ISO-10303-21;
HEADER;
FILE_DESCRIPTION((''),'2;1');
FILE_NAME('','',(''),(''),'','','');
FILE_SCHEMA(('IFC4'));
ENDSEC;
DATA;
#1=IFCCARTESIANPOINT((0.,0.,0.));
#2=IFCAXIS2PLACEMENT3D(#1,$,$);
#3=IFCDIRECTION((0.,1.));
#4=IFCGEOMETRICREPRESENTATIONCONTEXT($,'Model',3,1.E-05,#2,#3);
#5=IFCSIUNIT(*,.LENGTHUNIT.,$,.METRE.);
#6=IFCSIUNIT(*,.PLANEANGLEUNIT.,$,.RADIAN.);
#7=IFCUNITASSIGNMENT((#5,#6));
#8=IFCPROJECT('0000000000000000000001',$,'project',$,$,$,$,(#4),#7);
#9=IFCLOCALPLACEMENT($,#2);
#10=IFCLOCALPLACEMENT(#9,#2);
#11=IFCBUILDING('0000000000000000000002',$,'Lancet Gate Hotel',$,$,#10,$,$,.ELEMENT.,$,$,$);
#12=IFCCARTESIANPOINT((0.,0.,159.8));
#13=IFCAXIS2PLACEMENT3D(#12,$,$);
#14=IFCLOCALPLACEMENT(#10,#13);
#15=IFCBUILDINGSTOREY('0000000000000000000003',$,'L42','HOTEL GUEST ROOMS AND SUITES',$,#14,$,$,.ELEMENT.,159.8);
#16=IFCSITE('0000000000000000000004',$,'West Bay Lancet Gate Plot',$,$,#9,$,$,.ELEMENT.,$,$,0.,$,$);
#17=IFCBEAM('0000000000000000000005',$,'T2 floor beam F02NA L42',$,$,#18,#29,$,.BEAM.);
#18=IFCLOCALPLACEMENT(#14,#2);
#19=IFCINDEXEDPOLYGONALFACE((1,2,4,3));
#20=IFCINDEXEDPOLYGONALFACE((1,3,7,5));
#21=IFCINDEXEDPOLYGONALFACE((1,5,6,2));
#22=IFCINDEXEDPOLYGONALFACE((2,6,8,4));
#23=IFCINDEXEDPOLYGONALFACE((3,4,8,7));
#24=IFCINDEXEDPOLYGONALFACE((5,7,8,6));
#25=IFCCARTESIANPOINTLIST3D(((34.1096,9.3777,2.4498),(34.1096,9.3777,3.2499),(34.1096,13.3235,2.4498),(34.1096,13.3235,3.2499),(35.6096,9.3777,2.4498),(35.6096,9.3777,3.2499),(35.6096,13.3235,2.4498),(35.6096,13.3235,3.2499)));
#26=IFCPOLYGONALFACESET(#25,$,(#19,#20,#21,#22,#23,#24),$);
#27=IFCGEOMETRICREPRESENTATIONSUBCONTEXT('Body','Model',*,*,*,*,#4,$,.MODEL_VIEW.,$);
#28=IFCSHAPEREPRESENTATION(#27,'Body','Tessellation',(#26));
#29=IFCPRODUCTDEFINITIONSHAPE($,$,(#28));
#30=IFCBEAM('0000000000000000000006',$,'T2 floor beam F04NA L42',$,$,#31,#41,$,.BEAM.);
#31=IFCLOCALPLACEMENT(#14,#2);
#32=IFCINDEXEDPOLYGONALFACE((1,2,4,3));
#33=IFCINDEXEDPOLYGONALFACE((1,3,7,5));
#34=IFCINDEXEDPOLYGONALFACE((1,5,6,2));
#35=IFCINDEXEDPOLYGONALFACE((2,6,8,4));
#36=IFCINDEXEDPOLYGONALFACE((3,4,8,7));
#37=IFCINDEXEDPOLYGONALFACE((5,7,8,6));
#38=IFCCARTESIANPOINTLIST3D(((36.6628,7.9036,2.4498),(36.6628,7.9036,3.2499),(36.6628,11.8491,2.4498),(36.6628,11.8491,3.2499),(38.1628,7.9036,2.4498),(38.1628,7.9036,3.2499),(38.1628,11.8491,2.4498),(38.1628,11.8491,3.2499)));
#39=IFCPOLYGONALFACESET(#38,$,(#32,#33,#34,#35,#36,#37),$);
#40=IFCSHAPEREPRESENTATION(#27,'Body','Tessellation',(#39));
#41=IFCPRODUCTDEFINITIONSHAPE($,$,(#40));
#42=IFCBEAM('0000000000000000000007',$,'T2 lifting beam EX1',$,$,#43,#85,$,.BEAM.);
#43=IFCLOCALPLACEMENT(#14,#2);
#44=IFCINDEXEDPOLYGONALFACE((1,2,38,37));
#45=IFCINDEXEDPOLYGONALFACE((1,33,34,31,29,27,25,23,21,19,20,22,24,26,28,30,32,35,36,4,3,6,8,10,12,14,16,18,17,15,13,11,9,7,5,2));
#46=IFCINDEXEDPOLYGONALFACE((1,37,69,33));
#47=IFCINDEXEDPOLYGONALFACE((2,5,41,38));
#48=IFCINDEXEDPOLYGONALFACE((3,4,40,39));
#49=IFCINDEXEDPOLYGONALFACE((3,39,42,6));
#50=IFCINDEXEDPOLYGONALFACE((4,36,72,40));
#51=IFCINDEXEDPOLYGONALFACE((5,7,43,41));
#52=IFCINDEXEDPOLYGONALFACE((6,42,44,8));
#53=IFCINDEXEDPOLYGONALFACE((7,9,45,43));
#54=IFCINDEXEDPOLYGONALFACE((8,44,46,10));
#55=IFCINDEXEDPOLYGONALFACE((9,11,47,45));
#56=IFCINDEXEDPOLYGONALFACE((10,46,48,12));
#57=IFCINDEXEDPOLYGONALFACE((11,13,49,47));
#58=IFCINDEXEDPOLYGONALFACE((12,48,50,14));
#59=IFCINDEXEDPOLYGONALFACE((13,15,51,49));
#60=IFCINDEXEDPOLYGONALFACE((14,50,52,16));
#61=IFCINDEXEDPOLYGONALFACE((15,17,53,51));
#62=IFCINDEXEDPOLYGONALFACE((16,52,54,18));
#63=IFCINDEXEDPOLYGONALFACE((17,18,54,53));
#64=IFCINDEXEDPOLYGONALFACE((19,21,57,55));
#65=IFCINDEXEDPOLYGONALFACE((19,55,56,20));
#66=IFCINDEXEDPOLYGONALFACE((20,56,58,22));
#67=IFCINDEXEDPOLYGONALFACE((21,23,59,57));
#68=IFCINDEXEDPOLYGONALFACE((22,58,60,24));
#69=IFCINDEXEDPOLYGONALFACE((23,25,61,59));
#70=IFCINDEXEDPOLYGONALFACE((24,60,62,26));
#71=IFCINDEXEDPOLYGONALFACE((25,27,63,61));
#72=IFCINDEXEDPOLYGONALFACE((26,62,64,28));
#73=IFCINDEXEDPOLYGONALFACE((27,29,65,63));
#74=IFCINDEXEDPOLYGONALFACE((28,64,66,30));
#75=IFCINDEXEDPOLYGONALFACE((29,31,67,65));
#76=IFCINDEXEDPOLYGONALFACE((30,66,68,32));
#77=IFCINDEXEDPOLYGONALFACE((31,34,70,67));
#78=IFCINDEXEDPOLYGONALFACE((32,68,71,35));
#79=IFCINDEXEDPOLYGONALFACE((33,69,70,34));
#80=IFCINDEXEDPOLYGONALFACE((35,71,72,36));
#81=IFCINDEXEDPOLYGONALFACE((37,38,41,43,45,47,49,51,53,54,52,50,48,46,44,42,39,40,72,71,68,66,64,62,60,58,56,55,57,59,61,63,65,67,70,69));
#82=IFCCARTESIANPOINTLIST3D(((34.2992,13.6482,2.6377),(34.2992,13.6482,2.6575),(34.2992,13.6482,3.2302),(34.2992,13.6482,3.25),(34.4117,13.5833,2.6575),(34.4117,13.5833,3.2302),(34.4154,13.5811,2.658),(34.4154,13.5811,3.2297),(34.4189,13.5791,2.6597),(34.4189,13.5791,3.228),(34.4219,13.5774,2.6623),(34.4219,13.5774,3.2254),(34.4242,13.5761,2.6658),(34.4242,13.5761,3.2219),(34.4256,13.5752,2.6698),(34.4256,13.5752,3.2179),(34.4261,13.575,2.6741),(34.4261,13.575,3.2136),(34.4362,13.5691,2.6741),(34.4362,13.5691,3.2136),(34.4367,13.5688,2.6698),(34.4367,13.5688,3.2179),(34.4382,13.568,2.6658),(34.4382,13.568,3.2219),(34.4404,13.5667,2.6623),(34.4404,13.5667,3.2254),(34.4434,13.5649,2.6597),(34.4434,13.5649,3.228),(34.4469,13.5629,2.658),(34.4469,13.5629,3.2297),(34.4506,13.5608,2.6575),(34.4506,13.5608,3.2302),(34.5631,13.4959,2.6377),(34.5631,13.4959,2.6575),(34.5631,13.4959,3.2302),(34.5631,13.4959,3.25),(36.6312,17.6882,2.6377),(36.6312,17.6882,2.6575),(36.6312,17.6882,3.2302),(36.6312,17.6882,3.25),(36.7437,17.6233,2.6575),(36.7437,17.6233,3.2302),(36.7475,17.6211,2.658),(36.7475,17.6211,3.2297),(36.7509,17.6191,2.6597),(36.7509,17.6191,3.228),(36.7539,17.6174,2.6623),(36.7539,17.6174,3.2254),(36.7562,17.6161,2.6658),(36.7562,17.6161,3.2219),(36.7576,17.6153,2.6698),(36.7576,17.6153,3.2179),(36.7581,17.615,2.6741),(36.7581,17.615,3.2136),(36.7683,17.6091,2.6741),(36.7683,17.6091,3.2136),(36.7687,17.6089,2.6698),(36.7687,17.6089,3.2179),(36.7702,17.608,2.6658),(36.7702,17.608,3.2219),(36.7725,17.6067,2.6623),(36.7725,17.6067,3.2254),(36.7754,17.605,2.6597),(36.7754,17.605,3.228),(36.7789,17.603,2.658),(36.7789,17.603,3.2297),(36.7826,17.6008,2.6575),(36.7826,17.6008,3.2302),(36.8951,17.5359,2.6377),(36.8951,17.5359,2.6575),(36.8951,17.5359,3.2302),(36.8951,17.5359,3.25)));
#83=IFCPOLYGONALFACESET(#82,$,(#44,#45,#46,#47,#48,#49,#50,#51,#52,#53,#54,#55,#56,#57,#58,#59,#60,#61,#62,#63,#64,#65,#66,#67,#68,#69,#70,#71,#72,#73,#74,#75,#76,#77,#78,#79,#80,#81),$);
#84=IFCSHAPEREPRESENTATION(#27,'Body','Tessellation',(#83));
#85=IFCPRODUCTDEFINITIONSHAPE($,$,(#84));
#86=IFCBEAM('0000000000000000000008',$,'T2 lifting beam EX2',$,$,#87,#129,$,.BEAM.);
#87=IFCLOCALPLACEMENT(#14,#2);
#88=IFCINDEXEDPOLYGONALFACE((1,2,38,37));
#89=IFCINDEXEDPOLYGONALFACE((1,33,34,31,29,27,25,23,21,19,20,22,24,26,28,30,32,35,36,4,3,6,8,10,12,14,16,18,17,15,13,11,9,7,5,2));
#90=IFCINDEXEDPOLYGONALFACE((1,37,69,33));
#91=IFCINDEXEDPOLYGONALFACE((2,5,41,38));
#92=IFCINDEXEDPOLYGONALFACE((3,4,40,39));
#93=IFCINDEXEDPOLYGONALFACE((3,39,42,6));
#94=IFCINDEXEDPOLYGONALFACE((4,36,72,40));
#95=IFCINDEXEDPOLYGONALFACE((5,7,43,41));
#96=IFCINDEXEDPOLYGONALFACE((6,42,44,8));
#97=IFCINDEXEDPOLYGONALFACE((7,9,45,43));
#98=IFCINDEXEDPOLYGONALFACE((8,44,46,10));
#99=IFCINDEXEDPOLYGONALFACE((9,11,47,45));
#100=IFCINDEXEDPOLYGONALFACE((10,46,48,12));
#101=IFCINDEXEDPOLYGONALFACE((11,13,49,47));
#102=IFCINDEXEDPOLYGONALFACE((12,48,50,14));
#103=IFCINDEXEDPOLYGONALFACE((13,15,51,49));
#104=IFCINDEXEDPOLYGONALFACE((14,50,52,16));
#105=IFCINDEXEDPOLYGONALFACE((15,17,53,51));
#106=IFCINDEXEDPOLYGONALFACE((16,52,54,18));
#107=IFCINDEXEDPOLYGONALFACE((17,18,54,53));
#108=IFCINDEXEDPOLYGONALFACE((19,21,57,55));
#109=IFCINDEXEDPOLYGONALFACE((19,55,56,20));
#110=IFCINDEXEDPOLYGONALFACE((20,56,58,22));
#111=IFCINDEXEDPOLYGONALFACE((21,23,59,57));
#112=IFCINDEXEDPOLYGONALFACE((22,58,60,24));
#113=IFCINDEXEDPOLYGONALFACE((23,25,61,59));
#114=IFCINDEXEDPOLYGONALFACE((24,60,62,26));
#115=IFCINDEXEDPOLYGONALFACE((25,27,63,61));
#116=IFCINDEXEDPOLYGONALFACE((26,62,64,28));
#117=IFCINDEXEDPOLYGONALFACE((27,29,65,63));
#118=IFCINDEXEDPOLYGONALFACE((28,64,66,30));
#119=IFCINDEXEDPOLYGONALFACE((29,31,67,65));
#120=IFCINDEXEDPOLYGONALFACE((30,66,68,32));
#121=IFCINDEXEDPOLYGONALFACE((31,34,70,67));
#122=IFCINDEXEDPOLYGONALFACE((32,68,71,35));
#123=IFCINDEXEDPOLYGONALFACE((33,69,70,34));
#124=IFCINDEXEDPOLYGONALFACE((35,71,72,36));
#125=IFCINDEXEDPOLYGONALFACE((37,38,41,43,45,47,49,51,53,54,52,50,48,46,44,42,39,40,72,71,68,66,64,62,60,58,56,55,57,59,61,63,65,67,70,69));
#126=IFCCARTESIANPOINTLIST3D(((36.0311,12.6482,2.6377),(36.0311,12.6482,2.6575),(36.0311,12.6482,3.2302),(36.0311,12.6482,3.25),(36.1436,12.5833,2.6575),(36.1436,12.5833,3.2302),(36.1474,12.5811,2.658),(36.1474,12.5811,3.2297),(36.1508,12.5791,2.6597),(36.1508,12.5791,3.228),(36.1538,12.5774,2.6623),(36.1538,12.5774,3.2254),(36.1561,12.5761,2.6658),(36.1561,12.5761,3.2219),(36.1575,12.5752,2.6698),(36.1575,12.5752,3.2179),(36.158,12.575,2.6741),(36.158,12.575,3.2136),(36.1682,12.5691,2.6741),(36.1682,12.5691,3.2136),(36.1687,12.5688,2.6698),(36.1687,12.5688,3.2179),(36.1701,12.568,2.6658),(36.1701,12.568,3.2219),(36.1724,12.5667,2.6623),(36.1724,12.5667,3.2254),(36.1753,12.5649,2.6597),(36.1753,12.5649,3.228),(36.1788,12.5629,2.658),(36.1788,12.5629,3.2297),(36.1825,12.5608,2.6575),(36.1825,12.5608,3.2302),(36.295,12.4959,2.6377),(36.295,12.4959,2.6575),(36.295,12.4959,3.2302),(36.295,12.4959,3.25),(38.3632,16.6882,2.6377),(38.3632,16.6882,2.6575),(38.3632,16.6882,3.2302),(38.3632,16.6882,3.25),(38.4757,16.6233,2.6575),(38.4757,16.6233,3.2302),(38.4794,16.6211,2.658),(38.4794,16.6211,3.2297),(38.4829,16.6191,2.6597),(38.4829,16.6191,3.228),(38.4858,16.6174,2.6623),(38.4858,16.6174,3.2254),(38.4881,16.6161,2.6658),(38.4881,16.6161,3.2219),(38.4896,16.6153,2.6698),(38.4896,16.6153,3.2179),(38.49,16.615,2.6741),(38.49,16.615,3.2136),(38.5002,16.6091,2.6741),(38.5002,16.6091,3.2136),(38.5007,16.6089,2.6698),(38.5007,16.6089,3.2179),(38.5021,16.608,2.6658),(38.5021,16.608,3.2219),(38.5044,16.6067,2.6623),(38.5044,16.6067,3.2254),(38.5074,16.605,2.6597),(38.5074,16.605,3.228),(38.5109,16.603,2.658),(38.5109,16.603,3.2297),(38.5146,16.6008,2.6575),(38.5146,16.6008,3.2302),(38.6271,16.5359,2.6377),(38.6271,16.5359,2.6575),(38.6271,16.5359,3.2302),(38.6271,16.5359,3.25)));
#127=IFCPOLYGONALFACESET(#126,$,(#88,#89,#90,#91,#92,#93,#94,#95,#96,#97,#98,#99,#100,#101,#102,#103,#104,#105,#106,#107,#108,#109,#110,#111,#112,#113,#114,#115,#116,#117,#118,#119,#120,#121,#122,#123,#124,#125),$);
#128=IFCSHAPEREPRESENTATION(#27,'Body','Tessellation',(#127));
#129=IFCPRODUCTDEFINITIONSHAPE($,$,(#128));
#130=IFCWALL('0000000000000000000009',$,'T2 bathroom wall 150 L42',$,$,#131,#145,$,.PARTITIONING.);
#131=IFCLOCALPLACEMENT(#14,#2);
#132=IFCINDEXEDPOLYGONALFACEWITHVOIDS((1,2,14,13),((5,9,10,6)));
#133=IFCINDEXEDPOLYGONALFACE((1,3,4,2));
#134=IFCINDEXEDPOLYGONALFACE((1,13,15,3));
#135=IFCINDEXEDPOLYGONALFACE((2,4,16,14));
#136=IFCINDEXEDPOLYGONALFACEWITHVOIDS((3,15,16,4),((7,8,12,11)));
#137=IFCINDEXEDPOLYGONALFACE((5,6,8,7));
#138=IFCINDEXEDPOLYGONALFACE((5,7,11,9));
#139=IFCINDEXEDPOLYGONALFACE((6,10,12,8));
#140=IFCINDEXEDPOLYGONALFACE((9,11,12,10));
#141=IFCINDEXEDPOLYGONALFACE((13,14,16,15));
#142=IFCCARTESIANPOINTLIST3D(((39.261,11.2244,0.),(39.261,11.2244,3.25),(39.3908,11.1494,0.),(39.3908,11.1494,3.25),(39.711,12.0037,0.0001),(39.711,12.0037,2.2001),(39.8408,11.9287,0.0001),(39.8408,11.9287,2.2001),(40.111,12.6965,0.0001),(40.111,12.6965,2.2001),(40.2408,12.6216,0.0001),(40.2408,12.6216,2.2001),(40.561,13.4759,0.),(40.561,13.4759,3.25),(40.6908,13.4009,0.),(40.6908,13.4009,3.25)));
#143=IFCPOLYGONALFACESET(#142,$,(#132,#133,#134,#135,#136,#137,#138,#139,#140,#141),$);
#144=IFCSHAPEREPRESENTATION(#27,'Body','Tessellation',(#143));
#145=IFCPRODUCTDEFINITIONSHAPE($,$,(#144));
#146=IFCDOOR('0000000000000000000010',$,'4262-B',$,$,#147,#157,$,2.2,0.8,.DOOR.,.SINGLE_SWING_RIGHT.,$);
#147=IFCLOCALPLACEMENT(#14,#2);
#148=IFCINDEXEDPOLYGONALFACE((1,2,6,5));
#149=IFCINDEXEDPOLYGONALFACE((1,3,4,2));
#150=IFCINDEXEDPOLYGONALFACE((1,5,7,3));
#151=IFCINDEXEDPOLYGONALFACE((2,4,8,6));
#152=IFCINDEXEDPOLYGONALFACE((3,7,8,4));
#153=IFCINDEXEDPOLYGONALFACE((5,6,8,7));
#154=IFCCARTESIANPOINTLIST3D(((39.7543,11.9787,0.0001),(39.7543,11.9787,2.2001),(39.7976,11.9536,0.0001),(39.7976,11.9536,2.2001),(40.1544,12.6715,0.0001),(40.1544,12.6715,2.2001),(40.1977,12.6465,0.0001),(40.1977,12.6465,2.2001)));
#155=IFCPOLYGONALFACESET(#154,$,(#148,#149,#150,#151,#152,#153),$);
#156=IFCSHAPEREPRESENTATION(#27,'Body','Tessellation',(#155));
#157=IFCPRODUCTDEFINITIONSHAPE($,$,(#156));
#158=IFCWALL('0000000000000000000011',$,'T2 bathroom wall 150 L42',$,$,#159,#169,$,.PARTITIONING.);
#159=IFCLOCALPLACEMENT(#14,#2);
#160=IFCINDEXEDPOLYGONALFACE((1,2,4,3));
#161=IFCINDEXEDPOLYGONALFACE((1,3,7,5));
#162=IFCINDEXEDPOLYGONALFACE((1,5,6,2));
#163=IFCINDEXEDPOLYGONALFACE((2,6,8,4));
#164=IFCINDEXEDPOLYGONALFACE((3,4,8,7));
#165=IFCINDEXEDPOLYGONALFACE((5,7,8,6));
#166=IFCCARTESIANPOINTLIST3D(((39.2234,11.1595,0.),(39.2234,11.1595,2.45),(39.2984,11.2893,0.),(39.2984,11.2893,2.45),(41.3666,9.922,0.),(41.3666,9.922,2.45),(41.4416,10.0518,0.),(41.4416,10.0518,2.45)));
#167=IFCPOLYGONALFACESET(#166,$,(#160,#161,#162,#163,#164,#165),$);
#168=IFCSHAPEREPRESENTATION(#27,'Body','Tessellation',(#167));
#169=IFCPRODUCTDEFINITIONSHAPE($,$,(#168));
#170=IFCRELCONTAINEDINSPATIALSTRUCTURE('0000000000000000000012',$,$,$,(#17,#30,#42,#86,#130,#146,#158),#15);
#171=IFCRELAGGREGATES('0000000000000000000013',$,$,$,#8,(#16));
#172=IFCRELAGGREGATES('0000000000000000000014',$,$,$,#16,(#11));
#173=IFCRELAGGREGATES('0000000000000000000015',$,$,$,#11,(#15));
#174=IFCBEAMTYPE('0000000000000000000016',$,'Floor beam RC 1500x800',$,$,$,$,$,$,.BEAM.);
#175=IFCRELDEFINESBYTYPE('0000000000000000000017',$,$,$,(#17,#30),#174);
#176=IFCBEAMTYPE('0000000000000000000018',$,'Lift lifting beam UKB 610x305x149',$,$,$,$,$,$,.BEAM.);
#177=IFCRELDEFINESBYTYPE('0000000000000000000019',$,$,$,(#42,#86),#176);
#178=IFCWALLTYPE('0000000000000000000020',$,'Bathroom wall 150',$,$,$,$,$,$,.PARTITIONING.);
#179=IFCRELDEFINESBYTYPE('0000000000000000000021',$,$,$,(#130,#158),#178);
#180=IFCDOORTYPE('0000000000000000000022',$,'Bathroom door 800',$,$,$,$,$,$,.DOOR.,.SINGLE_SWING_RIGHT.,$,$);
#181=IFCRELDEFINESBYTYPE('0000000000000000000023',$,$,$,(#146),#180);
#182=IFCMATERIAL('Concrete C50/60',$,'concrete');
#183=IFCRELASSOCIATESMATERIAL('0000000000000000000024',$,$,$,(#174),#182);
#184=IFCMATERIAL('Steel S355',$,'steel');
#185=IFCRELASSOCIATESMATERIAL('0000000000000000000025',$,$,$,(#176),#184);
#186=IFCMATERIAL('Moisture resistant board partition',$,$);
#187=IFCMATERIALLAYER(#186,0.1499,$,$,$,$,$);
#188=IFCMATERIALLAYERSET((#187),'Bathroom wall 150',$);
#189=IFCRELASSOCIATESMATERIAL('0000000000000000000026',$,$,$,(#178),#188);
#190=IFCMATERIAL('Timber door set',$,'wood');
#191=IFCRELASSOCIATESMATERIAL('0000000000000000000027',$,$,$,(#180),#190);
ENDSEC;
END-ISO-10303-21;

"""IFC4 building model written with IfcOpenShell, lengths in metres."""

from ifc_helpers import new_model, si_unit, direction, frame, frame_2d, origin, origin_2d, place, context, subcontext, project, spatial, rectangle, i_section, extrude, material, layer, layer_set, material_profile, profile_set, type_object, element, fill, save


model = new_model("IFC4")

# Units and contexts
model_context = context("Model", 3, precision=1e-05, world=origin(), true_north=direction((0.0, 1.0)))
body_context = subcontext(model_context, "Body", "Model", "MODEL_VIEW")
ifc_project = project(units=[si_unit("LENGTHUNIT", "METRE"), si_unit("PLANEANGLEUNIT", "RADIAN")], contexts=[model_context])

# Site, building, storey
site_placement = place(None, origin())
site = spatial("IfcSite", under=ifc_project, at=site_placement, Name="West Bay Lancet Gate Plot", CompositionType="ELEMENT", RefElevation=0.0)
building_placement = place(site_placement, origin())
building = spatial("IfcBuilding", under=site, at=building_placement, Name="Lancet Gate Hotel", CompositionType="ELEMENT")
storey_placement = place(building_placement, frame((0.0, 0.0, 159.8)))
storey = spatial("IfcBuildingStorey", under=building, at=storey_placement, Name="L42", Description="HOTEL GUEST ROOMS AND SUITES", CompositionType="ELEMENT", Elevation=159.8)

# Beams
ifc_material_1 = material(Name="Concrete C50/60", Category="concrete")
ifc_material_profile_1 = material_profile(ifc_material_1, rectangle(XDim=1.5, YDim=0.8, at=origin_2d()), Name="RC 1500x800")
ifc_profile_set_1 = profile_set([ifc_material_profile_1], Name="Concrete C50/60")
beam_type_1 = type_object("IfcBeamType", Name="Floor beam RC 1500x800", PredefinedType="BEAM", material=ifc_profile_set_1)
beam_1_placement = place(storey_placement, frame((34.8596, 9.3777, 2.8499), z_axis=(0.0, 1.0, 0.0), x_axis=(-1.0, 0.0, 0.0)))
element("IfcBeam", 1, at=beam_1_placement, inside=storey, type_object=beam_type_1, Name="T2 floor beam F02NA L42", PredefinedType="BEAM", context=body_context, shape_type="SweptSolid", body=[
    extrude(rectangle(XDim=1.5, YDim=0.8, at=origin_2d()), origin(), (0.0, 0.0, 1.0), 3.9458),
])
beam_2_placement = place(storey_placement, frame((37.4128, 7.9036, 2.8499), z_axis=(0.0, 1.0, 0.0), x_axis=(-1.0, 0.0, 0.0)))
element("IfcBeam", 2, at=beam_2_placement, inside=storey, type_object=beam_type_1, Name="T2 floor beam F04NA L42", PredefinedType="BEAM", context=body_context, shape_type="SweptSolid", body=[
    extrude(rectangle(XDim=1.5, YDim=0.8, at=origin_2d()), origin(), (0.0, 0.0, 1.0), 3.9456),
])
ifc_material_2 = material(Name="Steel S355", Category="steel")
ifc_material_profile_2 = material_profile(ifc_material_2, i_section(OverallWidth=0.3047, OverallDepth=0.6123, WebThickness=0.0117, FlangeThickness=0.0198, FilletRadius=0.0166, at=origin_2d()), Name="UKB 610x305x149")
ifc_profile_set_2 = profile_set([ifc_material_profile_2], Name="Steel S355")
beam_type_2 = type_object("IfcBeamType", Name="Lift lifting beam UKB 610x305x149", PredefinedType="BEAM", material=ifc_profile_set_2)
for number, where, z_axis, x_axis, name in (
    (3, (34.4312, 13.572, 2.9438), (0.499922, 0.866071, 0.0), (-0.866071, 0.499922, 0.0), "T2 lifting beam EX1"),
    (4, (36.1631, 12.572, 2.9438), (0.499922, 0.866071, 0.0), (-0.866071, 0.499922, 0.0), "T2 lifting beam EX2"),
):
    element("IfcBeam", number, at=place(storey_placement, frame(where, z_axis=z_axis, x_axis=x_axis)), inside=storey, type_object=beam_type_2, Name=name, PredefinedType="BEAM", context=body_context, shape_type="SweptSolid", body=[
        extrude(i_section(OverallWidth=0.3047, OverallDepth=0.6123, WebThickness=0.0117, FlangeThickness=0.0198, FilletRadius=0.0166, at=origin_2d()), origin(), (0.0, 0.0, 1.0), 4.6648),
    ])

# Wall, opening, door
ifc_material_3 = material(Name="Moisture resistant board partition")
ifc_layer_1 = layer(ifc_material_3, 0.1499)
ifc_layer_set_1 = layer_set([ifc_layer_1], Name="Bathroom wall 150")
wall_type_1 = type_object("IfcWallType", Name="Bathroom wall 150", PredefinedType="PARTITIONING", material=ifc_layer_set_1)
wall_1_placement = place(storey_placement, frame((39.3259, 11.187, 0.0), z_axis=(0.0, 0.0, 1.0), x_axis=(0.500048, 0.865998, 0.0)))
wall_1 = element("IfcWall", 5, at=wall_1_placement, inside=storey, type_object=wall_type_1, Name="T2 bathroom wall 150 L42", PredefinedType="PARTITIONING", context=body_context, shape_type="SweptSolid", body=[
    extrude(rectangle(XDim=2.5999, YDim=0.1499, at=frame_2d((1.2998, 0.0))), origin(), (0.0, 0.0, 1.0), 3.25),
])
opening_1_placement = place(wall_1_placement, frame((0.8999, 0.0, 0.0)))
opening_1 = element("IfcOpeningElement", 6, at=opening_1_placement, cuts=wall_1, PredefinedType="OPENING", context=body_context, shape_type="SweptSolid", body=[
    extrude(rectangle(XDim=0.8, YDim=2.2, at=frame_2d((0.3999, 1.1001))), frame((0.0, 0.085, 0.0), z_axis=(0.0, -1.0, 0.0), x_axis=(1.0, 0.0, 0.0)), (0.0, 0.0, 1.0), 0.1699),
])
ifc_material_4 = material(Name="Timber door set", Category="wood")
door_type_1 = type_object("IfcDoorType", Name="Bathroom door 800", OperationType="SINGLE_SWING_RIGHT", PredefinedType="DOOR", material=ifc_material_4)
door_1_placement = place(opening_1_placement, origin())
door_1 = element("IfcDoor", 7, at=door_1_placement, inside=storey, type_object=door_type_1, Name="4262-B", OperationType="SINGLE_SWING_RIGHT", OverallHeight=2.2, OverallWidth=0.8, PredefinedType="DOOR", context=body_context, shape_type="SweptSolid", body=[
    extrude(rectangle(XDim=0.8, YDim=2.2, at=frame_2d((0.3999, 1.1001))), frame((0.0, 0.0249, 0.0), z_axis=(0.0, -1.0, 0.0), x_axis=(1.0, 0.0, 0.0)), (0.0, 0.0, 1.0), 0.05),
])
fill(opening_1, door_1)

# Wall
wall_2_placement = place(storey_placement, frame((39.261, 11.2244, 0.0), z_axis=(0.0, 0.0, 1.0), x_axis=(0.866007, -0.500033, 0.0)))
element("IfcWall", 8, at=wall_2_placement, inside=storey, type_object=wall_type_1, Name="T2 bathroom wall 150 L42", PredefinedType="PARTITIONING", context=body_context, shape_type="SweptSolid", body=[
    extrude(rectangle(XDim=2.4749, YDim=0.1499, at=frame_2d((1.2373, 0.0))), origin(), (0.0, 0.0, 1.0), 2.45),
])

save(model, "model.ifc")
